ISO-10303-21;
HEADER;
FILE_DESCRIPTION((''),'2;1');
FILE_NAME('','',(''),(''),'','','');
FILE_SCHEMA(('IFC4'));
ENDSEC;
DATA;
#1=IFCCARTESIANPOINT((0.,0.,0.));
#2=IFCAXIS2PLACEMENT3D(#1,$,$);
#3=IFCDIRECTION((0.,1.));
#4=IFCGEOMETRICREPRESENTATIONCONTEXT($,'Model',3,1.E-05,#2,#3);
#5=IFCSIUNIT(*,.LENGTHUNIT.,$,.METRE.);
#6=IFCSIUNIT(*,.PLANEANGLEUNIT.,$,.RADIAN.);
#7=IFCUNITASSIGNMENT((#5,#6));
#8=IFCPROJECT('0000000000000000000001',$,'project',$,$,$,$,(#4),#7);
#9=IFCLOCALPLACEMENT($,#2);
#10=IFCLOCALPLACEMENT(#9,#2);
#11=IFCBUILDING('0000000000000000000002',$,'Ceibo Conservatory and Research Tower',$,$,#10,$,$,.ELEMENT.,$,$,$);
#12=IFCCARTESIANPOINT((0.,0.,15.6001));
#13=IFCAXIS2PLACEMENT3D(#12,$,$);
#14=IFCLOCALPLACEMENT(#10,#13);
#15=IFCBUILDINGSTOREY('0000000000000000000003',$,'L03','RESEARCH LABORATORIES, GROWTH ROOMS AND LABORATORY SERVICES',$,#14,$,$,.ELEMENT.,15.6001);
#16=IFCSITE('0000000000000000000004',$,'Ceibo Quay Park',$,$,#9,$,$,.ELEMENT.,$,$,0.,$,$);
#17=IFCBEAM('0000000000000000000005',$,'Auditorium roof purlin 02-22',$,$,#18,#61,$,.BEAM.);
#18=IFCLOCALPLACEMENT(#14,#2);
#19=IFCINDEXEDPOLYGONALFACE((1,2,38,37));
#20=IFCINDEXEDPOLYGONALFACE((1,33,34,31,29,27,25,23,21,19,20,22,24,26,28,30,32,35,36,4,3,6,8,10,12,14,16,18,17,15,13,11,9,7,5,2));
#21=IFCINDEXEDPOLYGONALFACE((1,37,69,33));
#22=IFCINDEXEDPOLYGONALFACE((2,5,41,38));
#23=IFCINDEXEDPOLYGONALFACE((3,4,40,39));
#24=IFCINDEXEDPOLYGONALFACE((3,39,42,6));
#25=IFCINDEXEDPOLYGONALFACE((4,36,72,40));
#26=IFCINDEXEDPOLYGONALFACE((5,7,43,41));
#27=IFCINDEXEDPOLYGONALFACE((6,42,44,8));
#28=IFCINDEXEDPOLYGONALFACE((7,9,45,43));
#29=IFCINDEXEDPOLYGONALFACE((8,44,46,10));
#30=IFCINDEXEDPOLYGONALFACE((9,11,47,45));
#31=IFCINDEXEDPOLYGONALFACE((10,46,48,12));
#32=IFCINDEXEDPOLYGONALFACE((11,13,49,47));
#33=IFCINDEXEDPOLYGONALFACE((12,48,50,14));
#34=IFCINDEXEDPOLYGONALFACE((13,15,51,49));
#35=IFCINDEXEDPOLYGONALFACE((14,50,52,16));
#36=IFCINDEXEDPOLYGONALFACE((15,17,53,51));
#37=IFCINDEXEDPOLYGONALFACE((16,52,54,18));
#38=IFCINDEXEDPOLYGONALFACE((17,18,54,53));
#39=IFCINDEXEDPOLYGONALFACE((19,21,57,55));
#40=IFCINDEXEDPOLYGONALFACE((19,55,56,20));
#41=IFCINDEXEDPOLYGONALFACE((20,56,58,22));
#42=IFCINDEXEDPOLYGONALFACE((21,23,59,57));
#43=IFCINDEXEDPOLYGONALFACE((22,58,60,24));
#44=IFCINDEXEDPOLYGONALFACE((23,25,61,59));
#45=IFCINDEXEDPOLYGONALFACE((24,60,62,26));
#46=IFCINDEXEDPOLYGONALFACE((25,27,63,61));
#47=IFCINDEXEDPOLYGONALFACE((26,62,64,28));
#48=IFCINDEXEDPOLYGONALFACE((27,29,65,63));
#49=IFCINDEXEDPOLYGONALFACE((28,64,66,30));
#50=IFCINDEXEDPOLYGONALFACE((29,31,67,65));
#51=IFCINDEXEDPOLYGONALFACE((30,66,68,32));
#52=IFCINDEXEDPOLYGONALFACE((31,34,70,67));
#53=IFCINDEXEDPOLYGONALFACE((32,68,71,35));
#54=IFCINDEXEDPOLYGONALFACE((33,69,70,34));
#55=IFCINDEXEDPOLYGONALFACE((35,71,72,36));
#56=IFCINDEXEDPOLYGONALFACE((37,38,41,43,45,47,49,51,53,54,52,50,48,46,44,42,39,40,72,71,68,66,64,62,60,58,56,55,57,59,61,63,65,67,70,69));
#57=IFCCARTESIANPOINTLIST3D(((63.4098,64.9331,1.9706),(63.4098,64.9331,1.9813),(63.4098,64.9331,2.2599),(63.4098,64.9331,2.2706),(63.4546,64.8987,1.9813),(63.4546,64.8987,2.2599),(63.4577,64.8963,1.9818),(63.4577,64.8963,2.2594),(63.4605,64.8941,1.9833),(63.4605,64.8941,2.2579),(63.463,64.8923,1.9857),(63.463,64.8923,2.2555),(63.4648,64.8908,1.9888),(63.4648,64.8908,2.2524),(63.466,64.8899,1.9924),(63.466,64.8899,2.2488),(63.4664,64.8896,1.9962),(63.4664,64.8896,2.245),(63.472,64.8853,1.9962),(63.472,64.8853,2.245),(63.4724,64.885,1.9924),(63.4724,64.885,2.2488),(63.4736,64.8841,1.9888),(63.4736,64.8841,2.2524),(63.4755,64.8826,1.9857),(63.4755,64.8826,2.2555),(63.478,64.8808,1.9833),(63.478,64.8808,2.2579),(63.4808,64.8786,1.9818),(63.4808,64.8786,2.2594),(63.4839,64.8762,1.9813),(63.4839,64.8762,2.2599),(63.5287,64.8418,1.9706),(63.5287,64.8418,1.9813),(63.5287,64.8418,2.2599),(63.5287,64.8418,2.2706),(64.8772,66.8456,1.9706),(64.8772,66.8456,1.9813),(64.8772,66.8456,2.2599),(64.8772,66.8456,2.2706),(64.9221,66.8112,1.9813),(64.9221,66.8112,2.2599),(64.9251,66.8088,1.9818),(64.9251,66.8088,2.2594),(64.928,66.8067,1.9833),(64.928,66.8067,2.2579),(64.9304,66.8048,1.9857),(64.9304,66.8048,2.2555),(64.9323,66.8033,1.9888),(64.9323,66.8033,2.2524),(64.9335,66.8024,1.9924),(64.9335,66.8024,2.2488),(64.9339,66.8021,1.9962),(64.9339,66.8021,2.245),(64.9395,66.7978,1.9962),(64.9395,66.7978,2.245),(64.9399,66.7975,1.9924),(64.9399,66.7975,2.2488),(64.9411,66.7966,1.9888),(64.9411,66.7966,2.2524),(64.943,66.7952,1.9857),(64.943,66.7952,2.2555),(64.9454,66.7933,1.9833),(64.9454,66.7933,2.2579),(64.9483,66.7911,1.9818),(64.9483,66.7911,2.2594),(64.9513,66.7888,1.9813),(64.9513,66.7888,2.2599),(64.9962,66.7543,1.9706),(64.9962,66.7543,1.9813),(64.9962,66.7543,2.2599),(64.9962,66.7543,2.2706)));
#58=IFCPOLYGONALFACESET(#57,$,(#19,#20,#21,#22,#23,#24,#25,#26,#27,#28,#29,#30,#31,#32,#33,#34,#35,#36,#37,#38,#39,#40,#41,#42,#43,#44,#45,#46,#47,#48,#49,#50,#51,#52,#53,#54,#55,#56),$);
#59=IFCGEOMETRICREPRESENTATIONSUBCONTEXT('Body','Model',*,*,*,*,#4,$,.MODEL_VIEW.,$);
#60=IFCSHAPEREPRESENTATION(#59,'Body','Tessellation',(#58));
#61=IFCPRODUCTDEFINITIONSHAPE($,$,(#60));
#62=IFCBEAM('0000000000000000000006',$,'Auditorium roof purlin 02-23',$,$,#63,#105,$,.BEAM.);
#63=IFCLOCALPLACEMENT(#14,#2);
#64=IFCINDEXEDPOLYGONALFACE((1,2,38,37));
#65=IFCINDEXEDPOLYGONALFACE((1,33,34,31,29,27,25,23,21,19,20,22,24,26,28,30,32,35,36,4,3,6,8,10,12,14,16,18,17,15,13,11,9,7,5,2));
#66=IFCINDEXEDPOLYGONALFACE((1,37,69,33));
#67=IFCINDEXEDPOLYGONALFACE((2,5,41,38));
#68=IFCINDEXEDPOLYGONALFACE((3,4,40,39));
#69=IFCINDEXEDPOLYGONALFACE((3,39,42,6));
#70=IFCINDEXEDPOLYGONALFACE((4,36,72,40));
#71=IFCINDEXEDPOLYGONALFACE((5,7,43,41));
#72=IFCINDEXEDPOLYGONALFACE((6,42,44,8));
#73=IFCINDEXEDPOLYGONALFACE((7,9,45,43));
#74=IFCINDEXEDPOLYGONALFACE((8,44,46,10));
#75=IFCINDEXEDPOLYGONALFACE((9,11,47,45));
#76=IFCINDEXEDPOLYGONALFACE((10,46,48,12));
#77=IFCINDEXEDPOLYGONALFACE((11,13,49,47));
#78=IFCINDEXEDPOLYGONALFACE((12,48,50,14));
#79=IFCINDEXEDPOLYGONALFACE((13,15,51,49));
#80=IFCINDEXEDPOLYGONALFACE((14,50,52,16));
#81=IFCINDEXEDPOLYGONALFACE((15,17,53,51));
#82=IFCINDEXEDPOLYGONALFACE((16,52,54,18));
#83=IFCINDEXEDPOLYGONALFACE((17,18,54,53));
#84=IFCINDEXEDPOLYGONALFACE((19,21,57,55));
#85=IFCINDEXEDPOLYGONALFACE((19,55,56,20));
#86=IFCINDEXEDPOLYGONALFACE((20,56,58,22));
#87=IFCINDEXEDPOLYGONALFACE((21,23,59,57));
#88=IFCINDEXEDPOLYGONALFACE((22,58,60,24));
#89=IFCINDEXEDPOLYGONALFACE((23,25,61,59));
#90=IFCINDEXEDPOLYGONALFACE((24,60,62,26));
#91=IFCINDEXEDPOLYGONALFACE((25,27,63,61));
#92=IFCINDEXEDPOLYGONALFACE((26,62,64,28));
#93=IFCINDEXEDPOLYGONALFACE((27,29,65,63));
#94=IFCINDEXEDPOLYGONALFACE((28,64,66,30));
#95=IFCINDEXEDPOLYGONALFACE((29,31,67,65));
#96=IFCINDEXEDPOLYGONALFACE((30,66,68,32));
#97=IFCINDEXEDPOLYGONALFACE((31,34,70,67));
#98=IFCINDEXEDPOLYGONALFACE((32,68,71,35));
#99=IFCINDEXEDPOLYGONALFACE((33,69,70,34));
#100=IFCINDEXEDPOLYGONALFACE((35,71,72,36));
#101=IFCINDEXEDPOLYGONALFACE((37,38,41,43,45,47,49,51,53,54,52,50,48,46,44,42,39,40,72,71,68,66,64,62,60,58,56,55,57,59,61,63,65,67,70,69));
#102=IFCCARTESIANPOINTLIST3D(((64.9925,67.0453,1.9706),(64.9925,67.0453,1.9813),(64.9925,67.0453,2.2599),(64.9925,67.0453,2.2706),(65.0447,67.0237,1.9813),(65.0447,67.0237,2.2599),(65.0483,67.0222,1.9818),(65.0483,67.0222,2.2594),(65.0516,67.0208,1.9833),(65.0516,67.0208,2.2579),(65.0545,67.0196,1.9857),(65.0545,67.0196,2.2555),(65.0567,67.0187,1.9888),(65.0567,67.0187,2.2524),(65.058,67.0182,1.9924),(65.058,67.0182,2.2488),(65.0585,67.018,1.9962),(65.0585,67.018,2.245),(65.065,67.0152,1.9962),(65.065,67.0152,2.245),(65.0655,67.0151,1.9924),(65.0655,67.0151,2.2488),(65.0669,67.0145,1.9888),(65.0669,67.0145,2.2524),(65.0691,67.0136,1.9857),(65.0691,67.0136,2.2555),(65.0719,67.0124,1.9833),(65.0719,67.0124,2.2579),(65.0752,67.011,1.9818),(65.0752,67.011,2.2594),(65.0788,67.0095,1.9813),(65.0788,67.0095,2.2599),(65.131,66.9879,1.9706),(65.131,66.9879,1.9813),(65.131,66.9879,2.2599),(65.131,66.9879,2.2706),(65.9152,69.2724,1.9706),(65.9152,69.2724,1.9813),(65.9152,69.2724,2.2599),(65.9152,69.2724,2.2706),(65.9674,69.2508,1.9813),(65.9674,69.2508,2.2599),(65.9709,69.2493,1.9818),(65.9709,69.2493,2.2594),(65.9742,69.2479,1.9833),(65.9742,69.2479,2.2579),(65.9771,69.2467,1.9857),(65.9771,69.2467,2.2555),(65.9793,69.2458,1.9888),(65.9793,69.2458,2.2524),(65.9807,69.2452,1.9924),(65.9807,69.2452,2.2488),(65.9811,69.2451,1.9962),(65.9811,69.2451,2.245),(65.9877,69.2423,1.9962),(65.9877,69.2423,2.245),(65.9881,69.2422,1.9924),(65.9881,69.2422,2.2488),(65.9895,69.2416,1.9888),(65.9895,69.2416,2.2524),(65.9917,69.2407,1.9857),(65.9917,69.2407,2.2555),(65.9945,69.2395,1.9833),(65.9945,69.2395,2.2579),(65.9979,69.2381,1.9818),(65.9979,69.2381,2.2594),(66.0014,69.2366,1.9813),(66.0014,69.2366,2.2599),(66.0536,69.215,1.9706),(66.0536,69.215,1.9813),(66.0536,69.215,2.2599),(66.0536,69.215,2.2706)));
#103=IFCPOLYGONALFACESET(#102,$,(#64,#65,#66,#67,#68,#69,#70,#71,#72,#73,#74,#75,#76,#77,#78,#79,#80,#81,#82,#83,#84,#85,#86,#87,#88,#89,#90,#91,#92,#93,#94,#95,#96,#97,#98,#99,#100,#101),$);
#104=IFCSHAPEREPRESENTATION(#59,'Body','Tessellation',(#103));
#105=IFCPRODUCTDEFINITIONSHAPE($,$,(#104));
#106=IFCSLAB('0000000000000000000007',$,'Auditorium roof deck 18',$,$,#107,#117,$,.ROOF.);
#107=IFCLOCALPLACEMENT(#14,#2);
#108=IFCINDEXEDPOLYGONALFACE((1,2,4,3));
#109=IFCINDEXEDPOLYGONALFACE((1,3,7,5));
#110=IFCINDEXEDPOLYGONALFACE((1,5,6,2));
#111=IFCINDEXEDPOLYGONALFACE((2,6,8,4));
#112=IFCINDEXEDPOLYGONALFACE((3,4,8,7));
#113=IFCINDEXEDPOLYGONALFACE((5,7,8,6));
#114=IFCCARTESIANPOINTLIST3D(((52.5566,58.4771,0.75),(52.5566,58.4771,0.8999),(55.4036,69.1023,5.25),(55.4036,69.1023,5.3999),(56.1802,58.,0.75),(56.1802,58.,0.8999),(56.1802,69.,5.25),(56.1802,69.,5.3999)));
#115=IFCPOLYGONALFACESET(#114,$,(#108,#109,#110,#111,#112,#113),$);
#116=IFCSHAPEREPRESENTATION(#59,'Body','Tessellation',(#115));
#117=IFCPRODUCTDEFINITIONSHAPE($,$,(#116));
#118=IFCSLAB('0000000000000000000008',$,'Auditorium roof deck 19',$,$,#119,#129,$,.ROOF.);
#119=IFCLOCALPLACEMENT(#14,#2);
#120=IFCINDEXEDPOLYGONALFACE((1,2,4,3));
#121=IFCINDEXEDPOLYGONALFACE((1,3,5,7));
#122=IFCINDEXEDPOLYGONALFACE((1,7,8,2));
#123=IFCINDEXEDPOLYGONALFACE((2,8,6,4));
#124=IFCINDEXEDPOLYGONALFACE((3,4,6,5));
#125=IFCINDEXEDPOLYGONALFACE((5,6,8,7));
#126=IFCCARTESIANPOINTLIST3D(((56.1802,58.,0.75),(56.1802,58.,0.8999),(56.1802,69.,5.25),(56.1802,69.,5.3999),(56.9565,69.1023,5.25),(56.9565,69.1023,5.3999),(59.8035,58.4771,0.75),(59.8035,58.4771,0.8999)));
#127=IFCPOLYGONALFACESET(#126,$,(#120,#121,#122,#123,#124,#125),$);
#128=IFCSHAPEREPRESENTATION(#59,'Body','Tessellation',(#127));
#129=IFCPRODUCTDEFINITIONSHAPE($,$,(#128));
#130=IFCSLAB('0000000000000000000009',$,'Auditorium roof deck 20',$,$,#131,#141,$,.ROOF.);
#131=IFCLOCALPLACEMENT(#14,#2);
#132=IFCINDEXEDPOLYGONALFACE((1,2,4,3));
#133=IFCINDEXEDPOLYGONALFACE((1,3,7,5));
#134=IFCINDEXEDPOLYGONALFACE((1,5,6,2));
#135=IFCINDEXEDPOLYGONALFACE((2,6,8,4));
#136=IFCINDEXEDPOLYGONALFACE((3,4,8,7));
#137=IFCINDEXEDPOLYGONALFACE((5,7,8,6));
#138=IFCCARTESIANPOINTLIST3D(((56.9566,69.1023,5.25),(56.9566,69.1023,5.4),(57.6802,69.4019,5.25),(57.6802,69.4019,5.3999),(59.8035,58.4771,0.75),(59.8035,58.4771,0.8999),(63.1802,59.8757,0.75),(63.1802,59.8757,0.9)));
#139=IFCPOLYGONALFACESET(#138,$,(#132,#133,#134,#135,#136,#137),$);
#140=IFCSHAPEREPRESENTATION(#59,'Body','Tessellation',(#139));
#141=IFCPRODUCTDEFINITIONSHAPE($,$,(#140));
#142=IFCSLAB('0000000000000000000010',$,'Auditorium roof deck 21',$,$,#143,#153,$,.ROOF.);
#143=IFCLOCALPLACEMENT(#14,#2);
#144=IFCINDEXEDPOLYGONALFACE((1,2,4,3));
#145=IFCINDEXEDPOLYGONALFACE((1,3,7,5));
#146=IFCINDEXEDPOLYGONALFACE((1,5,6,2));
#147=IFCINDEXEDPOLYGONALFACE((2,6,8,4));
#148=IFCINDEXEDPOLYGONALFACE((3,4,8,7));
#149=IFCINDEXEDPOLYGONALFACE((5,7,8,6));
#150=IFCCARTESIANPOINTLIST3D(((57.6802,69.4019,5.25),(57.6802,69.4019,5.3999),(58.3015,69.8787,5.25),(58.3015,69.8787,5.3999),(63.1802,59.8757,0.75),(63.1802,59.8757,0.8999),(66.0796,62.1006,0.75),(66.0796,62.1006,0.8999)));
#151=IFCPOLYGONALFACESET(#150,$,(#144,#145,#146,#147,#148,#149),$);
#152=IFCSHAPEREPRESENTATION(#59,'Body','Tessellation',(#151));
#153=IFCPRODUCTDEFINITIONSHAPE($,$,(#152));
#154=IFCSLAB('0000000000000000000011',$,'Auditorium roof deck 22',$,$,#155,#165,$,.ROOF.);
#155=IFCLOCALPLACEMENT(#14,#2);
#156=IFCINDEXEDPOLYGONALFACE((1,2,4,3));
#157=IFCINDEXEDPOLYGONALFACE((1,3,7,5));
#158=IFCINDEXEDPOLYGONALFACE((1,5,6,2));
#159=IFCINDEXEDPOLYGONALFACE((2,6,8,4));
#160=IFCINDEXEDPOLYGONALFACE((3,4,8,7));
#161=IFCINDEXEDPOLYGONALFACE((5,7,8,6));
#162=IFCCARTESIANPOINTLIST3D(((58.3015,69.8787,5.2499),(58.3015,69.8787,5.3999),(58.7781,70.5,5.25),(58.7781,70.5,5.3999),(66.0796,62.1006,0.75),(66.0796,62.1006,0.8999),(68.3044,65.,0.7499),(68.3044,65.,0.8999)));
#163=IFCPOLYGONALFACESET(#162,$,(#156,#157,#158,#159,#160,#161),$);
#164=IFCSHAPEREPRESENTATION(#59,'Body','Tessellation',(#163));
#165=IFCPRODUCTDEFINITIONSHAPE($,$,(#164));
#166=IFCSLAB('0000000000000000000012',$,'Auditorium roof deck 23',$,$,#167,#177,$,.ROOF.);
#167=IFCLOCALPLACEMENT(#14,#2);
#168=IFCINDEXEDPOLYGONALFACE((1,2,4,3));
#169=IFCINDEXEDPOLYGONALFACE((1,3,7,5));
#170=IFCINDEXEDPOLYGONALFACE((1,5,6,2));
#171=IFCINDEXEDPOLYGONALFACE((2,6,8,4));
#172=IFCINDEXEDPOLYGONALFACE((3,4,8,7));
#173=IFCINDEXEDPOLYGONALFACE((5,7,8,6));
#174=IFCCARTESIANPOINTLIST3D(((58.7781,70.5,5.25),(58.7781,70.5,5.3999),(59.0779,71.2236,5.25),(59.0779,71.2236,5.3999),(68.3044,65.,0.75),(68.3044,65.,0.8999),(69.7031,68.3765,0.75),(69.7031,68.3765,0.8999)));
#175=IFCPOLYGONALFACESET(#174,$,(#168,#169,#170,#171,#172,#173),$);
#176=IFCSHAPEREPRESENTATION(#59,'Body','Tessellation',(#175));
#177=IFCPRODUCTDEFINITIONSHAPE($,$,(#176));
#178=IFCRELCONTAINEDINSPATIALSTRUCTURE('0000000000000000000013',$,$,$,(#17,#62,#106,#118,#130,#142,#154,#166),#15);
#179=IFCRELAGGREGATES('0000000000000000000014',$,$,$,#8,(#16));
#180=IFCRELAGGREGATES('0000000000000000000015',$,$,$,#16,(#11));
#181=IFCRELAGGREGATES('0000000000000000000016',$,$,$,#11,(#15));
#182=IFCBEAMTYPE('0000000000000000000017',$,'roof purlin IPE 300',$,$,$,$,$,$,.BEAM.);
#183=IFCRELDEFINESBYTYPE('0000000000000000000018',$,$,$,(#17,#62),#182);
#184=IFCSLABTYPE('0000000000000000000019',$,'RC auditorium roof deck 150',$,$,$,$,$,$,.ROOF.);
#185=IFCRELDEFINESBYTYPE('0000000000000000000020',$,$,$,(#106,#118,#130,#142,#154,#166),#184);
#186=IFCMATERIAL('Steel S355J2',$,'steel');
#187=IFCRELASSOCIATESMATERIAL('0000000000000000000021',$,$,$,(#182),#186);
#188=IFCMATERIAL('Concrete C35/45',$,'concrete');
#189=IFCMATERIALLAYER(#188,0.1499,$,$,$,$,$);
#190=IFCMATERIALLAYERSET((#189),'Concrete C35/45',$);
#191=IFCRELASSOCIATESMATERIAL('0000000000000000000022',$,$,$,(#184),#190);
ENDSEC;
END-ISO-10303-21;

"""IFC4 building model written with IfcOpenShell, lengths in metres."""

from ifc_helpers import new_model, si_unit, direction, frame, origin, origin_2d, place, context, subcontext, project, spatial, polyline, i_section, outline, extrude, material, layer, layer_set, material_profile, profile_set, type_object, element, save


model = new_model("IFC4")

# Units and contexts
model_context = context("Model", 3, precision=1e-05, world=origin(), true_north=direction((0.0, 1.0)))
body_context = subcontext(model_context, "Body", "Model", "MODEL_VIEW")
ifc_project = project(units=[si_unit("LENGTHUNIT", "METRE"), si_unit("PLANEANGLEUNIT", "RADIAN")], contexts=[model_context])

# Site, building, storey
site_placement = place(None, origin())
site = spatial("IfcSite", under=ifc_project, at=site_placement, Name="Ceibo Quay Park", CompositionType="ELEMENT", RefElevation=0.0)
building_placement = place(site_placement, origin())
building = spatial("IfcBuilding", under=site, at=building_placement, Name="Ceibo Conservatory and Research Tower", CompositionType="ELEMENT")
storey_placement = place(building_placement, frame((0.0, 0.0, 15.6001)))
storey = spatial("IfcBuildingStorey", under=building, at=storey_placement, Name="L03", Description="RESEARCH LABORATORIES, GROWTH ROOMS AND LABORATORY SERVICES", CompositionType="ELEMENT", Elevation=15.6001)

# Beams
ifc_material_1 = material(Name="Concrete C35/45", Category="concrete")
ifc_material_2 = material(Name="Steel S355J2", Category="steel")
ifc_material_profile_1 = material_profile(ifc_material_2, i_section(OverallWidth=0.1499, OverallDepth=0.3, WebThickness=0.0071, FlangeThickness=0.0107, FilletRadius=0.0149, at=origin_2d()), Name="IPE 300")
ifc_profile_set_1 = profile_set([ifc_material_profile_1], Name="Steel S355J2")
beam_type_1 = type_object("IfcBeamType", Name="roof purlin IPE 300", PredefinedType="BEAM", material=ifc_profile_set_1)
for number, where, z_axis, x_axis, name in (
    (1, (63.4692, 64.8875, 2.1206), (0.608746, 0.793365, 0.0), (-0.793365, 0.608746, 0.0), "Auditorium roof purlin 02-22"),
    (2, (65.0618, 67.0166, 2.1206), (0.38273, 0.92386, 0.0), (-0.92386, 0.38273, 0.0), "Auditorium roof purlin 02-23"),
):
    element("IfcBeam", number, at=place(storey_placement, frame(where, z_axis=z_axis, x_axis=x_axis)), inside=storey, type_object=beam_type_1, Name=name, PredefinedType="BEAM", context=body_context, shape_type="SweptSolid", body=[
        extrude(i_section(OverallWidth=0.1499, OverallDepth=0.3, WebThickness=0.0071, FlangeThickness=0.0107, FilletRadius=0.0149, at=origin_2d()), origin(), (0.0, 0.0, 1.0), 2.4106),
    ])

# Slabs
ifc_layer = layer(ifc_material_1, 0.1499)
ifc_layer_set = layer_set([ifc_layer], Name="Concrete C35/45")
slab_type = type_object("IfcSlabType", Name="RC auditorium roof deck 150", PredefinedType="ROOF", material=ifc_layer_set)
slab_1_placement = place(storey_placement, frame((52.5566, 58.4771, 0.8999), z_axis=(-0.049791, -0.378162, 0.924399), x_axis=(0.991445, -0.130529, 0.000004)))
element("IfcSlab", 3, at=slab_1_placement, inside=storey, type_object=slab_type, Name="Auditorium roof deck 18", PredefinedType="ROOF", context=body_context, shape_type="SweptSolid", body=[
    extrude(outline(polyline([(0.0, 0.0), (3.6548, 0.0), (2.219, 11.7978), (1.4357, 11.7979), (0.0, 0.0)])), origin(), (-0.000004, -0.381426, -0.924399), 0.1499),
])
slab_2_placement = place(storey_placement, frame((56.1802, 58.0, 0.8999), z_axis=(0.049796, -0.378161, 0.924399), x_axis=(0.991443, 0.130538, -0.000006)))
element("IfcSlab", 4, at=slab_2_placement, inside=storey, type_object=slab_type, Name="Auditorium roof deck 19", PredefinedType="ROOF", context=body_context, shape_type="SweptSolid", body=[
    extrude(outline(polyline([(0.0, 0.0), (3.6546, 0.0), (2.219, 11.7979), (1.4359, 11.7978), (0.0, 0.0)])), origin(), (0.000006, -0.381426, -0.924399), 0.1499),
])
slab_3_placement = place(storey_placement, frame((59.8035, 58.4771, 0.8999), z_axis=(0.145953, -0.352399, 0.924398), x_axis=(0.923881, 0.382679, 0.000013)))
element("IfcSlab", 5, at=slab_3_placement, inside=storey, type_object=slab_type, Name="Auditorium roof deck 20", PredefinedType="ROOF", context=body_context, shape_type="SweptSolid", body=[
    extrude(outline(polyline([(0.0, 0.0), (3.6549, 0.0), (2.2191, 11.7977), (1.4359, 11.7978), (0.0, 0.0)])), origin(), (-0.000013, -0.381428, -0.924398), 0.1499),
])
slab_4_placement = place(storey_placement, frame((63.1802, 59.8757, 0.8999), z_axis=(0.232205, -0.302605, 0.924398), x_axis=(0.793346, 0.608771, -0.000002)))
element("IfcSlab", 6, at=slab_4_placement, inside=storey, type_object=slab_type, Name="Auditorium roof deck 21", PredefinedType="ROOF", context=body_context, shape_type="SweptSolid", body=[
    extrude(outline(polyline([(0.0, 0.0), (3.6547, 0.0), (2.219, 11.7977), (1.4358, 11.7977), (0.0, 0.0)])), origin(), (0.000002, -0.38143, -0.924398), 0.1499),
])
slab_5_placement = place(storey_placement, frame((66.0796, 62.1006, 0.8999), z_axis=(0.302613, -0.23219, 0.924399), x_axis=(0.608766, 0.79335, -0.000014)))
element("IfcSlab", 7, at=slab_5_placement, inside=storey, type_object=slab_type, Name="Auditorium roof deck 22", PredefinedType="ROOF", context=body_context, shape_type="SweptSolid", body=[
    extrude(outline(polyline([(0.0, 0.0), (3.6547, 0.0), (2.2187, 11.7979), (1.4356, 11.7977), (0.0, 0.0)])), origin(), (0.000014, -0.381427, -0.924399), 0.1499),
])
slab_6_placement = place(storey_placement, frame((68.3044, 65.0, 0.8999), z_axis=(0.352384, -0.145977, 0.9244), x_axis=(0.382709, 0.923869, 0.000003)))
element("IfcSlab", 8, at=slab_6_placement, inside=storey, type_object=slab_type, Name="Auditorium roof deck 23", PredefinedType="ROOF", context=body_context, shape_type="SweptSolid", body=[
    extrude(outline(polyline([(0.0, 0.0), (3.6547, 0.0), (2.2187, 11.7979), (1.4355, 11.7979), (0.0, 0.0)])), origin(), (-0.000003, -0.381424, -0.9244), 0.1499),
])

save(model, "model.ifc")
